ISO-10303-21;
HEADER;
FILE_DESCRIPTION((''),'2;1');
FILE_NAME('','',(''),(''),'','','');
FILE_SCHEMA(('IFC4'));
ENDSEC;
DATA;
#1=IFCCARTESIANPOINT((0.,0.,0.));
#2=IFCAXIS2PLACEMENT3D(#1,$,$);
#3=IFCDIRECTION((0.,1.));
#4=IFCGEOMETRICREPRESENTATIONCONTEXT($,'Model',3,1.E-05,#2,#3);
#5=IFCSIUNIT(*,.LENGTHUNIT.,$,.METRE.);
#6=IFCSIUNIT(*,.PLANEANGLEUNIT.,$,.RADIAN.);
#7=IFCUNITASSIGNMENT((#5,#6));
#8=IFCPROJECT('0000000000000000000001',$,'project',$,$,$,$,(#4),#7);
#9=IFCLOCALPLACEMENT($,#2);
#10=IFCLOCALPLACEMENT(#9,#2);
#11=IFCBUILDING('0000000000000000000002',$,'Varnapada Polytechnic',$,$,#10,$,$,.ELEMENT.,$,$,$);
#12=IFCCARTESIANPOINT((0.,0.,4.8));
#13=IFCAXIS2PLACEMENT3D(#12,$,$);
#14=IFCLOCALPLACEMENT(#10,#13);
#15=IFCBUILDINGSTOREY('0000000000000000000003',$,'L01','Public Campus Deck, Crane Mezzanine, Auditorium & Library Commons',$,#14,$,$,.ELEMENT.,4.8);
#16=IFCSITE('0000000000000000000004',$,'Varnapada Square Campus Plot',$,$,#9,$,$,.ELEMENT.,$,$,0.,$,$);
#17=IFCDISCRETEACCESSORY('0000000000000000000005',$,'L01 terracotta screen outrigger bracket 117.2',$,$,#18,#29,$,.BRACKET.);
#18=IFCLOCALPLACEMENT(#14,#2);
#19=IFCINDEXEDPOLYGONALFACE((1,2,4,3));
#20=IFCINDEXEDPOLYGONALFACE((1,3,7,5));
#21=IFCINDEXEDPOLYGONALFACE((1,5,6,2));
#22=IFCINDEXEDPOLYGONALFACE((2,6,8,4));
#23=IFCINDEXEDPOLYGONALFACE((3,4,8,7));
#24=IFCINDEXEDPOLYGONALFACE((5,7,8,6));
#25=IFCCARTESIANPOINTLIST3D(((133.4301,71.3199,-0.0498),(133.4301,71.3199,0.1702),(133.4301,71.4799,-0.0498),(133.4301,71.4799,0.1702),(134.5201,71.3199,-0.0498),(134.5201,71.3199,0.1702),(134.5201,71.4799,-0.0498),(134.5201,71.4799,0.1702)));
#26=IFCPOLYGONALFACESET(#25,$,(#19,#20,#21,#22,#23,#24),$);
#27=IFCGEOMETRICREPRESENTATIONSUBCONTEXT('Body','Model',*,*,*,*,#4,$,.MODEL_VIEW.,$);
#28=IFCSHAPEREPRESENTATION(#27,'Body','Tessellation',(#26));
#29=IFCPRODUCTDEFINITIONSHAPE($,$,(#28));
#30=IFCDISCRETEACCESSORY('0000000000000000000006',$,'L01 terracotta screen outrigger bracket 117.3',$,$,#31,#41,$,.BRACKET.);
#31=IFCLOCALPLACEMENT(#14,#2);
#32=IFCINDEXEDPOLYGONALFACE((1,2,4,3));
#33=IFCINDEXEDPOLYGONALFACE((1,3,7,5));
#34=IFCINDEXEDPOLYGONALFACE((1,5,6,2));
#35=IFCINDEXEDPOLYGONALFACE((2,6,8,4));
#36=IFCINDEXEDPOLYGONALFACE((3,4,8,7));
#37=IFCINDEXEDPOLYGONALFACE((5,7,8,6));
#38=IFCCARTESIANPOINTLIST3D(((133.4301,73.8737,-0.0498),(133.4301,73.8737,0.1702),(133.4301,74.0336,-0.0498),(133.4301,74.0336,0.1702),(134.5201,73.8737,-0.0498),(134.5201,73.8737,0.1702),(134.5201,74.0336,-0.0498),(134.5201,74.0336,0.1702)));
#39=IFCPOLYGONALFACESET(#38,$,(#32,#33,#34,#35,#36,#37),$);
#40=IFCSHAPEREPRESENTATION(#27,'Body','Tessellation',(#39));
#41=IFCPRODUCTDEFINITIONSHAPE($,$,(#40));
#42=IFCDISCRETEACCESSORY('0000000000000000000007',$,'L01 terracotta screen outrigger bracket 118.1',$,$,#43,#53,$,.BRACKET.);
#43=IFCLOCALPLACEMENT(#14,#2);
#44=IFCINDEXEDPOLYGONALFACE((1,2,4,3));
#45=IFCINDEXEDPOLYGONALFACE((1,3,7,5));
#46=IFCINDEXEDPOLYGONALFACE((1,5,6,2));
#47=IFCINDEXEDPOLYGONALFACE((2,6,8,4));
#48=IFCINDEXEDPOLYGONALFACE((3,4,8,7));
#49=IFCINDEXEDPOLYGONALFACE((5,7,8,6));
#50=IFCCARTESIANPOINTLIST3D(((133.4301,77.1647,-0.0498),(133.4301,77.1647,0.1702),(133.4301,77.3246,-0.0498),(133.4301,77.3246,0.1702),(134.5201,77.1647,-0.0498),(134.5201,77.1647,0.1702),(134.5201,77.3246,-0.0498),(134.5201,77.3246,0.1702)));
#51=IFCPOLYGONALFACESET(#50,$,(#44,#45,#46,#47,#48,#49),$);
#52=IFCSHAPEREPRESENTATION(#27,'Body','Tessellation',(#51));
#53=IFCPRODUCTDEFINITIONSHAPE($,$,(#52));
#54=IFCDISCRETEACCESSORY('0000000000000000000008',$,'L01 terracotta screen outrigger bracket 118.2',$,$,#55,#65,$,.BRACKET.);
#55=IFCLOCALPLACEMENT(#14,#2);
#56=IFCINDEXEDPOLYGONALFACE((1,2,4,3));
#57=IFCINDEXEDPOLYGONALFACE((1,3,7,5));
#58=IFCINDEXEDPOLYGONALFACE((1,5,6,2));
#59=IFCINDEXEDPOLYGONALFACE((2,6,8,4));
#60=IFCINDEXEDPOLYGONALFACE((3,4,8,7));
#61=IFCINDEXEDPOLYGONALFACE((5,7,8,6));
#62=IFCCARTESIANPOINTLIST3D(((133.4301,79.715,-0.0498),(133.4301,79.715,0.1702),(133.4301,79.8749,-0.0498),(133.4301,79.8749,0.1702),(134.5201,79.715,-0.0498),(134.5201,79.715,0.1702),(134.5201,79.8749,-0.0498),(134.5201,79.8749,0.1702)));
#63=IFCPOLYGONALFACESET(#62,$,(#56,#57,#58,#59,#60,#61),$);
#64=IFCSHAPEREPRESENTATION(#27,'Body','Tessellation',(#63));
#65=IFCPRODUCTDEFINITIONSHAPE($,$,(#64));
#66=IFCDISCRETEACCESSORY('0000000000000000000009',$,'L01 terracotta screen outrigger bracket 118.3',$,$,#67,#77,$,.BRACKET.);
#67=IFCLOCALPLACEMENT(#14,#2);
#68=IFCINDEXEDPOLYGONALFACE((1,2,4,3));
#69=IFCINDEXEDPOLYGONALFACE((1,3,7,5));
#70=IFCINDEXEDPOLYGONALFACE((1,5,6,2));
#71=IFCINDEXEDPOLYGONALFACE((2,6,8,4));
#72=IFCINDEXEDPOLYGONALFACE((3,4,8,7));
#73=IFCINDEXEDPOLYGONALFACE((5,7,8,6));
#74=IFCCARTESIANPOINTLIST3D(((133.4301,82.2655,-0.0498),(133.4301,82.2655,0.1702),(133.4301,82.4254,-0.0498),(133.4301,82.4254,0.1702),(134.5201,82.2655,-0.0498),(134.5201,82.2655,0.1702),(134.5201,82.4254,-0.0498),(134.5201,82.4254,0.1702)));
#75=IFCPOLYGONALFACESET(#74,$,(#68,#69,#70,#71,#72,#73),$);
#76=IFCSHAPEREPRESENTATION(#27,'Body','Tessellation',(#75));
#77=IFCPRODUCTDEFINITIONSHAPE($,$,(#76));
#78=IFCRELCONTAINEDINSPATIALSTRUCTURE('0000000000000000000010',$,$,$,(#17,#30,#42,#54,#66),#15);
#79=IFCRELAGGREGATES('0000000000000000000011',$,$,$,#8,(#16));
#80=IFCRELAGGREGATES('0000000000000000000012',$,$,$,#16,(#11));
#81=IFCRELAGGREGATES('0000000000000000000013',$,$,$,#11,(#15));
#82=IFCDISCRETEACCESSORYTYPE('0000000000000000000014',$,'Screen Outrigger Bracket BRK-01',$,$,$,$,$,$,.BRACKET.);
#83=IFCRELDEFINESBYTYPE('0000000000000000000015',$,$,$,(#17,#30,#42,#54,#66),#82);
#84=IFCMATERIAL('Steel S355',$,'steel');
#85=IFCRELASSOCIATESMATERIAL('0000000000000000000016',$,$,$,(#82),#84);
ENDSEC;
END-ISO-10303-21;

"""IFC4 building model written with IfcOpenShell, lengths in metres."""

from ifc_helpers import new_model, si_unit, direction, frame, origin, origin_2d, place, context, subcontext, project, spatial, rectangle, extrude, material, type_object, element, save


model = new_model("IFC4")

# Units and contexts
model_context = context("Model", 3, precision=1e-05, world=origin(), true_north=direction((0.0, 1.0)))
body_context = subcontext(model_context, "Body", "Model", "MODEL_VIEW")
ifc_project = project(units=[si_unit("LENGTHUNIT", "METRE"), si_unit("PLANEANGLEUNIT", "RADIAN")], contexts=[model_context])

# Site, building, storey
site_placement = place(None, origin())
site = spatial("IfcSite", under=ifc_project, at=site_placement, Name="Varnapada Square Campus Plot", CompositionType="ELEMENT", RefElevation=0.0)
building_placement = place(site_placement, origin())
building = spatial("IfcBuilding", under=site, at=building_placement, Name="Varnapada Polytechnic", CompositionType="ELEMENT")
storey_placement = place(building_placement, frame((0.0, 0.0, 4.8)))
storey = spatial("IfcBuildingStorey", under=building, at=storey_placement, Name="L01", Description="Public Campus Deck, Crane Mezzanine, Auditorium & Library Commons", CompositionType="ELEMENT", Elevation=4.8)

# Discrete accessories
ifc_material_1 = material(Name="Steel S355", Category="steel")
discrete_accessory_type = type_object("IfcDiscreteAccessoryType", Name="Screen Outrigger Bracket BRK-01", PredefinedType="BRACKET", material=ifc_material_1)
for number, where, z_axis, x_axis, name in (
    (1, (133.9751, 71.3999, -0.0498), (0.0, 0.0, 1.0), (0.0, 1.0, 0.0), "L01 terracotta screen outrigger bracket 117.2"),
    (2, (133.9751, 73.9536, -0.0498), (0.0, 0.0, 1.0), (0.0, 1.0, 0.0), "L01 terracotta screen outrigger bracket 117.3"),
    (3, (133.9751, 77.2446, -0.0498), (0.0, 0.0, 1.0), (0.0, 1.0, 0.0), "L01 terracotta screen outrigger bracket 118.1"),
    (4, (133.9751, 79.7949, -0.0498), (0.0, 0.0, 1.0), (0.0, 1.0, 0.0), "L01 terracotta screen outrigger bracket 118.2"),
    (5, (133.9751, 82.3455, -0.0498), (0.0, 0.0, 1.0), (0.0, 1.0, 0.0), "L01 terracotta screen outrigger bracket 118.3"),
):
    element("IfcDiscreteAccessory", number, at=place(storey_placement, frame(where, z_axis=z_axis, x_axis=x_axis)), inside=storey, type_object=discrete_accessory_type, Name=name, PredefinedType="BRACKET", context=body_context, shape_type="SweptSolid", body=[
        extrude(rectangle(XDim=0.1599, YDim=1.0901, at=origin_2d()), origin(), (0.0, 0.0, 1.0), 0.22),
    ])

save(model, "model.ifc")
